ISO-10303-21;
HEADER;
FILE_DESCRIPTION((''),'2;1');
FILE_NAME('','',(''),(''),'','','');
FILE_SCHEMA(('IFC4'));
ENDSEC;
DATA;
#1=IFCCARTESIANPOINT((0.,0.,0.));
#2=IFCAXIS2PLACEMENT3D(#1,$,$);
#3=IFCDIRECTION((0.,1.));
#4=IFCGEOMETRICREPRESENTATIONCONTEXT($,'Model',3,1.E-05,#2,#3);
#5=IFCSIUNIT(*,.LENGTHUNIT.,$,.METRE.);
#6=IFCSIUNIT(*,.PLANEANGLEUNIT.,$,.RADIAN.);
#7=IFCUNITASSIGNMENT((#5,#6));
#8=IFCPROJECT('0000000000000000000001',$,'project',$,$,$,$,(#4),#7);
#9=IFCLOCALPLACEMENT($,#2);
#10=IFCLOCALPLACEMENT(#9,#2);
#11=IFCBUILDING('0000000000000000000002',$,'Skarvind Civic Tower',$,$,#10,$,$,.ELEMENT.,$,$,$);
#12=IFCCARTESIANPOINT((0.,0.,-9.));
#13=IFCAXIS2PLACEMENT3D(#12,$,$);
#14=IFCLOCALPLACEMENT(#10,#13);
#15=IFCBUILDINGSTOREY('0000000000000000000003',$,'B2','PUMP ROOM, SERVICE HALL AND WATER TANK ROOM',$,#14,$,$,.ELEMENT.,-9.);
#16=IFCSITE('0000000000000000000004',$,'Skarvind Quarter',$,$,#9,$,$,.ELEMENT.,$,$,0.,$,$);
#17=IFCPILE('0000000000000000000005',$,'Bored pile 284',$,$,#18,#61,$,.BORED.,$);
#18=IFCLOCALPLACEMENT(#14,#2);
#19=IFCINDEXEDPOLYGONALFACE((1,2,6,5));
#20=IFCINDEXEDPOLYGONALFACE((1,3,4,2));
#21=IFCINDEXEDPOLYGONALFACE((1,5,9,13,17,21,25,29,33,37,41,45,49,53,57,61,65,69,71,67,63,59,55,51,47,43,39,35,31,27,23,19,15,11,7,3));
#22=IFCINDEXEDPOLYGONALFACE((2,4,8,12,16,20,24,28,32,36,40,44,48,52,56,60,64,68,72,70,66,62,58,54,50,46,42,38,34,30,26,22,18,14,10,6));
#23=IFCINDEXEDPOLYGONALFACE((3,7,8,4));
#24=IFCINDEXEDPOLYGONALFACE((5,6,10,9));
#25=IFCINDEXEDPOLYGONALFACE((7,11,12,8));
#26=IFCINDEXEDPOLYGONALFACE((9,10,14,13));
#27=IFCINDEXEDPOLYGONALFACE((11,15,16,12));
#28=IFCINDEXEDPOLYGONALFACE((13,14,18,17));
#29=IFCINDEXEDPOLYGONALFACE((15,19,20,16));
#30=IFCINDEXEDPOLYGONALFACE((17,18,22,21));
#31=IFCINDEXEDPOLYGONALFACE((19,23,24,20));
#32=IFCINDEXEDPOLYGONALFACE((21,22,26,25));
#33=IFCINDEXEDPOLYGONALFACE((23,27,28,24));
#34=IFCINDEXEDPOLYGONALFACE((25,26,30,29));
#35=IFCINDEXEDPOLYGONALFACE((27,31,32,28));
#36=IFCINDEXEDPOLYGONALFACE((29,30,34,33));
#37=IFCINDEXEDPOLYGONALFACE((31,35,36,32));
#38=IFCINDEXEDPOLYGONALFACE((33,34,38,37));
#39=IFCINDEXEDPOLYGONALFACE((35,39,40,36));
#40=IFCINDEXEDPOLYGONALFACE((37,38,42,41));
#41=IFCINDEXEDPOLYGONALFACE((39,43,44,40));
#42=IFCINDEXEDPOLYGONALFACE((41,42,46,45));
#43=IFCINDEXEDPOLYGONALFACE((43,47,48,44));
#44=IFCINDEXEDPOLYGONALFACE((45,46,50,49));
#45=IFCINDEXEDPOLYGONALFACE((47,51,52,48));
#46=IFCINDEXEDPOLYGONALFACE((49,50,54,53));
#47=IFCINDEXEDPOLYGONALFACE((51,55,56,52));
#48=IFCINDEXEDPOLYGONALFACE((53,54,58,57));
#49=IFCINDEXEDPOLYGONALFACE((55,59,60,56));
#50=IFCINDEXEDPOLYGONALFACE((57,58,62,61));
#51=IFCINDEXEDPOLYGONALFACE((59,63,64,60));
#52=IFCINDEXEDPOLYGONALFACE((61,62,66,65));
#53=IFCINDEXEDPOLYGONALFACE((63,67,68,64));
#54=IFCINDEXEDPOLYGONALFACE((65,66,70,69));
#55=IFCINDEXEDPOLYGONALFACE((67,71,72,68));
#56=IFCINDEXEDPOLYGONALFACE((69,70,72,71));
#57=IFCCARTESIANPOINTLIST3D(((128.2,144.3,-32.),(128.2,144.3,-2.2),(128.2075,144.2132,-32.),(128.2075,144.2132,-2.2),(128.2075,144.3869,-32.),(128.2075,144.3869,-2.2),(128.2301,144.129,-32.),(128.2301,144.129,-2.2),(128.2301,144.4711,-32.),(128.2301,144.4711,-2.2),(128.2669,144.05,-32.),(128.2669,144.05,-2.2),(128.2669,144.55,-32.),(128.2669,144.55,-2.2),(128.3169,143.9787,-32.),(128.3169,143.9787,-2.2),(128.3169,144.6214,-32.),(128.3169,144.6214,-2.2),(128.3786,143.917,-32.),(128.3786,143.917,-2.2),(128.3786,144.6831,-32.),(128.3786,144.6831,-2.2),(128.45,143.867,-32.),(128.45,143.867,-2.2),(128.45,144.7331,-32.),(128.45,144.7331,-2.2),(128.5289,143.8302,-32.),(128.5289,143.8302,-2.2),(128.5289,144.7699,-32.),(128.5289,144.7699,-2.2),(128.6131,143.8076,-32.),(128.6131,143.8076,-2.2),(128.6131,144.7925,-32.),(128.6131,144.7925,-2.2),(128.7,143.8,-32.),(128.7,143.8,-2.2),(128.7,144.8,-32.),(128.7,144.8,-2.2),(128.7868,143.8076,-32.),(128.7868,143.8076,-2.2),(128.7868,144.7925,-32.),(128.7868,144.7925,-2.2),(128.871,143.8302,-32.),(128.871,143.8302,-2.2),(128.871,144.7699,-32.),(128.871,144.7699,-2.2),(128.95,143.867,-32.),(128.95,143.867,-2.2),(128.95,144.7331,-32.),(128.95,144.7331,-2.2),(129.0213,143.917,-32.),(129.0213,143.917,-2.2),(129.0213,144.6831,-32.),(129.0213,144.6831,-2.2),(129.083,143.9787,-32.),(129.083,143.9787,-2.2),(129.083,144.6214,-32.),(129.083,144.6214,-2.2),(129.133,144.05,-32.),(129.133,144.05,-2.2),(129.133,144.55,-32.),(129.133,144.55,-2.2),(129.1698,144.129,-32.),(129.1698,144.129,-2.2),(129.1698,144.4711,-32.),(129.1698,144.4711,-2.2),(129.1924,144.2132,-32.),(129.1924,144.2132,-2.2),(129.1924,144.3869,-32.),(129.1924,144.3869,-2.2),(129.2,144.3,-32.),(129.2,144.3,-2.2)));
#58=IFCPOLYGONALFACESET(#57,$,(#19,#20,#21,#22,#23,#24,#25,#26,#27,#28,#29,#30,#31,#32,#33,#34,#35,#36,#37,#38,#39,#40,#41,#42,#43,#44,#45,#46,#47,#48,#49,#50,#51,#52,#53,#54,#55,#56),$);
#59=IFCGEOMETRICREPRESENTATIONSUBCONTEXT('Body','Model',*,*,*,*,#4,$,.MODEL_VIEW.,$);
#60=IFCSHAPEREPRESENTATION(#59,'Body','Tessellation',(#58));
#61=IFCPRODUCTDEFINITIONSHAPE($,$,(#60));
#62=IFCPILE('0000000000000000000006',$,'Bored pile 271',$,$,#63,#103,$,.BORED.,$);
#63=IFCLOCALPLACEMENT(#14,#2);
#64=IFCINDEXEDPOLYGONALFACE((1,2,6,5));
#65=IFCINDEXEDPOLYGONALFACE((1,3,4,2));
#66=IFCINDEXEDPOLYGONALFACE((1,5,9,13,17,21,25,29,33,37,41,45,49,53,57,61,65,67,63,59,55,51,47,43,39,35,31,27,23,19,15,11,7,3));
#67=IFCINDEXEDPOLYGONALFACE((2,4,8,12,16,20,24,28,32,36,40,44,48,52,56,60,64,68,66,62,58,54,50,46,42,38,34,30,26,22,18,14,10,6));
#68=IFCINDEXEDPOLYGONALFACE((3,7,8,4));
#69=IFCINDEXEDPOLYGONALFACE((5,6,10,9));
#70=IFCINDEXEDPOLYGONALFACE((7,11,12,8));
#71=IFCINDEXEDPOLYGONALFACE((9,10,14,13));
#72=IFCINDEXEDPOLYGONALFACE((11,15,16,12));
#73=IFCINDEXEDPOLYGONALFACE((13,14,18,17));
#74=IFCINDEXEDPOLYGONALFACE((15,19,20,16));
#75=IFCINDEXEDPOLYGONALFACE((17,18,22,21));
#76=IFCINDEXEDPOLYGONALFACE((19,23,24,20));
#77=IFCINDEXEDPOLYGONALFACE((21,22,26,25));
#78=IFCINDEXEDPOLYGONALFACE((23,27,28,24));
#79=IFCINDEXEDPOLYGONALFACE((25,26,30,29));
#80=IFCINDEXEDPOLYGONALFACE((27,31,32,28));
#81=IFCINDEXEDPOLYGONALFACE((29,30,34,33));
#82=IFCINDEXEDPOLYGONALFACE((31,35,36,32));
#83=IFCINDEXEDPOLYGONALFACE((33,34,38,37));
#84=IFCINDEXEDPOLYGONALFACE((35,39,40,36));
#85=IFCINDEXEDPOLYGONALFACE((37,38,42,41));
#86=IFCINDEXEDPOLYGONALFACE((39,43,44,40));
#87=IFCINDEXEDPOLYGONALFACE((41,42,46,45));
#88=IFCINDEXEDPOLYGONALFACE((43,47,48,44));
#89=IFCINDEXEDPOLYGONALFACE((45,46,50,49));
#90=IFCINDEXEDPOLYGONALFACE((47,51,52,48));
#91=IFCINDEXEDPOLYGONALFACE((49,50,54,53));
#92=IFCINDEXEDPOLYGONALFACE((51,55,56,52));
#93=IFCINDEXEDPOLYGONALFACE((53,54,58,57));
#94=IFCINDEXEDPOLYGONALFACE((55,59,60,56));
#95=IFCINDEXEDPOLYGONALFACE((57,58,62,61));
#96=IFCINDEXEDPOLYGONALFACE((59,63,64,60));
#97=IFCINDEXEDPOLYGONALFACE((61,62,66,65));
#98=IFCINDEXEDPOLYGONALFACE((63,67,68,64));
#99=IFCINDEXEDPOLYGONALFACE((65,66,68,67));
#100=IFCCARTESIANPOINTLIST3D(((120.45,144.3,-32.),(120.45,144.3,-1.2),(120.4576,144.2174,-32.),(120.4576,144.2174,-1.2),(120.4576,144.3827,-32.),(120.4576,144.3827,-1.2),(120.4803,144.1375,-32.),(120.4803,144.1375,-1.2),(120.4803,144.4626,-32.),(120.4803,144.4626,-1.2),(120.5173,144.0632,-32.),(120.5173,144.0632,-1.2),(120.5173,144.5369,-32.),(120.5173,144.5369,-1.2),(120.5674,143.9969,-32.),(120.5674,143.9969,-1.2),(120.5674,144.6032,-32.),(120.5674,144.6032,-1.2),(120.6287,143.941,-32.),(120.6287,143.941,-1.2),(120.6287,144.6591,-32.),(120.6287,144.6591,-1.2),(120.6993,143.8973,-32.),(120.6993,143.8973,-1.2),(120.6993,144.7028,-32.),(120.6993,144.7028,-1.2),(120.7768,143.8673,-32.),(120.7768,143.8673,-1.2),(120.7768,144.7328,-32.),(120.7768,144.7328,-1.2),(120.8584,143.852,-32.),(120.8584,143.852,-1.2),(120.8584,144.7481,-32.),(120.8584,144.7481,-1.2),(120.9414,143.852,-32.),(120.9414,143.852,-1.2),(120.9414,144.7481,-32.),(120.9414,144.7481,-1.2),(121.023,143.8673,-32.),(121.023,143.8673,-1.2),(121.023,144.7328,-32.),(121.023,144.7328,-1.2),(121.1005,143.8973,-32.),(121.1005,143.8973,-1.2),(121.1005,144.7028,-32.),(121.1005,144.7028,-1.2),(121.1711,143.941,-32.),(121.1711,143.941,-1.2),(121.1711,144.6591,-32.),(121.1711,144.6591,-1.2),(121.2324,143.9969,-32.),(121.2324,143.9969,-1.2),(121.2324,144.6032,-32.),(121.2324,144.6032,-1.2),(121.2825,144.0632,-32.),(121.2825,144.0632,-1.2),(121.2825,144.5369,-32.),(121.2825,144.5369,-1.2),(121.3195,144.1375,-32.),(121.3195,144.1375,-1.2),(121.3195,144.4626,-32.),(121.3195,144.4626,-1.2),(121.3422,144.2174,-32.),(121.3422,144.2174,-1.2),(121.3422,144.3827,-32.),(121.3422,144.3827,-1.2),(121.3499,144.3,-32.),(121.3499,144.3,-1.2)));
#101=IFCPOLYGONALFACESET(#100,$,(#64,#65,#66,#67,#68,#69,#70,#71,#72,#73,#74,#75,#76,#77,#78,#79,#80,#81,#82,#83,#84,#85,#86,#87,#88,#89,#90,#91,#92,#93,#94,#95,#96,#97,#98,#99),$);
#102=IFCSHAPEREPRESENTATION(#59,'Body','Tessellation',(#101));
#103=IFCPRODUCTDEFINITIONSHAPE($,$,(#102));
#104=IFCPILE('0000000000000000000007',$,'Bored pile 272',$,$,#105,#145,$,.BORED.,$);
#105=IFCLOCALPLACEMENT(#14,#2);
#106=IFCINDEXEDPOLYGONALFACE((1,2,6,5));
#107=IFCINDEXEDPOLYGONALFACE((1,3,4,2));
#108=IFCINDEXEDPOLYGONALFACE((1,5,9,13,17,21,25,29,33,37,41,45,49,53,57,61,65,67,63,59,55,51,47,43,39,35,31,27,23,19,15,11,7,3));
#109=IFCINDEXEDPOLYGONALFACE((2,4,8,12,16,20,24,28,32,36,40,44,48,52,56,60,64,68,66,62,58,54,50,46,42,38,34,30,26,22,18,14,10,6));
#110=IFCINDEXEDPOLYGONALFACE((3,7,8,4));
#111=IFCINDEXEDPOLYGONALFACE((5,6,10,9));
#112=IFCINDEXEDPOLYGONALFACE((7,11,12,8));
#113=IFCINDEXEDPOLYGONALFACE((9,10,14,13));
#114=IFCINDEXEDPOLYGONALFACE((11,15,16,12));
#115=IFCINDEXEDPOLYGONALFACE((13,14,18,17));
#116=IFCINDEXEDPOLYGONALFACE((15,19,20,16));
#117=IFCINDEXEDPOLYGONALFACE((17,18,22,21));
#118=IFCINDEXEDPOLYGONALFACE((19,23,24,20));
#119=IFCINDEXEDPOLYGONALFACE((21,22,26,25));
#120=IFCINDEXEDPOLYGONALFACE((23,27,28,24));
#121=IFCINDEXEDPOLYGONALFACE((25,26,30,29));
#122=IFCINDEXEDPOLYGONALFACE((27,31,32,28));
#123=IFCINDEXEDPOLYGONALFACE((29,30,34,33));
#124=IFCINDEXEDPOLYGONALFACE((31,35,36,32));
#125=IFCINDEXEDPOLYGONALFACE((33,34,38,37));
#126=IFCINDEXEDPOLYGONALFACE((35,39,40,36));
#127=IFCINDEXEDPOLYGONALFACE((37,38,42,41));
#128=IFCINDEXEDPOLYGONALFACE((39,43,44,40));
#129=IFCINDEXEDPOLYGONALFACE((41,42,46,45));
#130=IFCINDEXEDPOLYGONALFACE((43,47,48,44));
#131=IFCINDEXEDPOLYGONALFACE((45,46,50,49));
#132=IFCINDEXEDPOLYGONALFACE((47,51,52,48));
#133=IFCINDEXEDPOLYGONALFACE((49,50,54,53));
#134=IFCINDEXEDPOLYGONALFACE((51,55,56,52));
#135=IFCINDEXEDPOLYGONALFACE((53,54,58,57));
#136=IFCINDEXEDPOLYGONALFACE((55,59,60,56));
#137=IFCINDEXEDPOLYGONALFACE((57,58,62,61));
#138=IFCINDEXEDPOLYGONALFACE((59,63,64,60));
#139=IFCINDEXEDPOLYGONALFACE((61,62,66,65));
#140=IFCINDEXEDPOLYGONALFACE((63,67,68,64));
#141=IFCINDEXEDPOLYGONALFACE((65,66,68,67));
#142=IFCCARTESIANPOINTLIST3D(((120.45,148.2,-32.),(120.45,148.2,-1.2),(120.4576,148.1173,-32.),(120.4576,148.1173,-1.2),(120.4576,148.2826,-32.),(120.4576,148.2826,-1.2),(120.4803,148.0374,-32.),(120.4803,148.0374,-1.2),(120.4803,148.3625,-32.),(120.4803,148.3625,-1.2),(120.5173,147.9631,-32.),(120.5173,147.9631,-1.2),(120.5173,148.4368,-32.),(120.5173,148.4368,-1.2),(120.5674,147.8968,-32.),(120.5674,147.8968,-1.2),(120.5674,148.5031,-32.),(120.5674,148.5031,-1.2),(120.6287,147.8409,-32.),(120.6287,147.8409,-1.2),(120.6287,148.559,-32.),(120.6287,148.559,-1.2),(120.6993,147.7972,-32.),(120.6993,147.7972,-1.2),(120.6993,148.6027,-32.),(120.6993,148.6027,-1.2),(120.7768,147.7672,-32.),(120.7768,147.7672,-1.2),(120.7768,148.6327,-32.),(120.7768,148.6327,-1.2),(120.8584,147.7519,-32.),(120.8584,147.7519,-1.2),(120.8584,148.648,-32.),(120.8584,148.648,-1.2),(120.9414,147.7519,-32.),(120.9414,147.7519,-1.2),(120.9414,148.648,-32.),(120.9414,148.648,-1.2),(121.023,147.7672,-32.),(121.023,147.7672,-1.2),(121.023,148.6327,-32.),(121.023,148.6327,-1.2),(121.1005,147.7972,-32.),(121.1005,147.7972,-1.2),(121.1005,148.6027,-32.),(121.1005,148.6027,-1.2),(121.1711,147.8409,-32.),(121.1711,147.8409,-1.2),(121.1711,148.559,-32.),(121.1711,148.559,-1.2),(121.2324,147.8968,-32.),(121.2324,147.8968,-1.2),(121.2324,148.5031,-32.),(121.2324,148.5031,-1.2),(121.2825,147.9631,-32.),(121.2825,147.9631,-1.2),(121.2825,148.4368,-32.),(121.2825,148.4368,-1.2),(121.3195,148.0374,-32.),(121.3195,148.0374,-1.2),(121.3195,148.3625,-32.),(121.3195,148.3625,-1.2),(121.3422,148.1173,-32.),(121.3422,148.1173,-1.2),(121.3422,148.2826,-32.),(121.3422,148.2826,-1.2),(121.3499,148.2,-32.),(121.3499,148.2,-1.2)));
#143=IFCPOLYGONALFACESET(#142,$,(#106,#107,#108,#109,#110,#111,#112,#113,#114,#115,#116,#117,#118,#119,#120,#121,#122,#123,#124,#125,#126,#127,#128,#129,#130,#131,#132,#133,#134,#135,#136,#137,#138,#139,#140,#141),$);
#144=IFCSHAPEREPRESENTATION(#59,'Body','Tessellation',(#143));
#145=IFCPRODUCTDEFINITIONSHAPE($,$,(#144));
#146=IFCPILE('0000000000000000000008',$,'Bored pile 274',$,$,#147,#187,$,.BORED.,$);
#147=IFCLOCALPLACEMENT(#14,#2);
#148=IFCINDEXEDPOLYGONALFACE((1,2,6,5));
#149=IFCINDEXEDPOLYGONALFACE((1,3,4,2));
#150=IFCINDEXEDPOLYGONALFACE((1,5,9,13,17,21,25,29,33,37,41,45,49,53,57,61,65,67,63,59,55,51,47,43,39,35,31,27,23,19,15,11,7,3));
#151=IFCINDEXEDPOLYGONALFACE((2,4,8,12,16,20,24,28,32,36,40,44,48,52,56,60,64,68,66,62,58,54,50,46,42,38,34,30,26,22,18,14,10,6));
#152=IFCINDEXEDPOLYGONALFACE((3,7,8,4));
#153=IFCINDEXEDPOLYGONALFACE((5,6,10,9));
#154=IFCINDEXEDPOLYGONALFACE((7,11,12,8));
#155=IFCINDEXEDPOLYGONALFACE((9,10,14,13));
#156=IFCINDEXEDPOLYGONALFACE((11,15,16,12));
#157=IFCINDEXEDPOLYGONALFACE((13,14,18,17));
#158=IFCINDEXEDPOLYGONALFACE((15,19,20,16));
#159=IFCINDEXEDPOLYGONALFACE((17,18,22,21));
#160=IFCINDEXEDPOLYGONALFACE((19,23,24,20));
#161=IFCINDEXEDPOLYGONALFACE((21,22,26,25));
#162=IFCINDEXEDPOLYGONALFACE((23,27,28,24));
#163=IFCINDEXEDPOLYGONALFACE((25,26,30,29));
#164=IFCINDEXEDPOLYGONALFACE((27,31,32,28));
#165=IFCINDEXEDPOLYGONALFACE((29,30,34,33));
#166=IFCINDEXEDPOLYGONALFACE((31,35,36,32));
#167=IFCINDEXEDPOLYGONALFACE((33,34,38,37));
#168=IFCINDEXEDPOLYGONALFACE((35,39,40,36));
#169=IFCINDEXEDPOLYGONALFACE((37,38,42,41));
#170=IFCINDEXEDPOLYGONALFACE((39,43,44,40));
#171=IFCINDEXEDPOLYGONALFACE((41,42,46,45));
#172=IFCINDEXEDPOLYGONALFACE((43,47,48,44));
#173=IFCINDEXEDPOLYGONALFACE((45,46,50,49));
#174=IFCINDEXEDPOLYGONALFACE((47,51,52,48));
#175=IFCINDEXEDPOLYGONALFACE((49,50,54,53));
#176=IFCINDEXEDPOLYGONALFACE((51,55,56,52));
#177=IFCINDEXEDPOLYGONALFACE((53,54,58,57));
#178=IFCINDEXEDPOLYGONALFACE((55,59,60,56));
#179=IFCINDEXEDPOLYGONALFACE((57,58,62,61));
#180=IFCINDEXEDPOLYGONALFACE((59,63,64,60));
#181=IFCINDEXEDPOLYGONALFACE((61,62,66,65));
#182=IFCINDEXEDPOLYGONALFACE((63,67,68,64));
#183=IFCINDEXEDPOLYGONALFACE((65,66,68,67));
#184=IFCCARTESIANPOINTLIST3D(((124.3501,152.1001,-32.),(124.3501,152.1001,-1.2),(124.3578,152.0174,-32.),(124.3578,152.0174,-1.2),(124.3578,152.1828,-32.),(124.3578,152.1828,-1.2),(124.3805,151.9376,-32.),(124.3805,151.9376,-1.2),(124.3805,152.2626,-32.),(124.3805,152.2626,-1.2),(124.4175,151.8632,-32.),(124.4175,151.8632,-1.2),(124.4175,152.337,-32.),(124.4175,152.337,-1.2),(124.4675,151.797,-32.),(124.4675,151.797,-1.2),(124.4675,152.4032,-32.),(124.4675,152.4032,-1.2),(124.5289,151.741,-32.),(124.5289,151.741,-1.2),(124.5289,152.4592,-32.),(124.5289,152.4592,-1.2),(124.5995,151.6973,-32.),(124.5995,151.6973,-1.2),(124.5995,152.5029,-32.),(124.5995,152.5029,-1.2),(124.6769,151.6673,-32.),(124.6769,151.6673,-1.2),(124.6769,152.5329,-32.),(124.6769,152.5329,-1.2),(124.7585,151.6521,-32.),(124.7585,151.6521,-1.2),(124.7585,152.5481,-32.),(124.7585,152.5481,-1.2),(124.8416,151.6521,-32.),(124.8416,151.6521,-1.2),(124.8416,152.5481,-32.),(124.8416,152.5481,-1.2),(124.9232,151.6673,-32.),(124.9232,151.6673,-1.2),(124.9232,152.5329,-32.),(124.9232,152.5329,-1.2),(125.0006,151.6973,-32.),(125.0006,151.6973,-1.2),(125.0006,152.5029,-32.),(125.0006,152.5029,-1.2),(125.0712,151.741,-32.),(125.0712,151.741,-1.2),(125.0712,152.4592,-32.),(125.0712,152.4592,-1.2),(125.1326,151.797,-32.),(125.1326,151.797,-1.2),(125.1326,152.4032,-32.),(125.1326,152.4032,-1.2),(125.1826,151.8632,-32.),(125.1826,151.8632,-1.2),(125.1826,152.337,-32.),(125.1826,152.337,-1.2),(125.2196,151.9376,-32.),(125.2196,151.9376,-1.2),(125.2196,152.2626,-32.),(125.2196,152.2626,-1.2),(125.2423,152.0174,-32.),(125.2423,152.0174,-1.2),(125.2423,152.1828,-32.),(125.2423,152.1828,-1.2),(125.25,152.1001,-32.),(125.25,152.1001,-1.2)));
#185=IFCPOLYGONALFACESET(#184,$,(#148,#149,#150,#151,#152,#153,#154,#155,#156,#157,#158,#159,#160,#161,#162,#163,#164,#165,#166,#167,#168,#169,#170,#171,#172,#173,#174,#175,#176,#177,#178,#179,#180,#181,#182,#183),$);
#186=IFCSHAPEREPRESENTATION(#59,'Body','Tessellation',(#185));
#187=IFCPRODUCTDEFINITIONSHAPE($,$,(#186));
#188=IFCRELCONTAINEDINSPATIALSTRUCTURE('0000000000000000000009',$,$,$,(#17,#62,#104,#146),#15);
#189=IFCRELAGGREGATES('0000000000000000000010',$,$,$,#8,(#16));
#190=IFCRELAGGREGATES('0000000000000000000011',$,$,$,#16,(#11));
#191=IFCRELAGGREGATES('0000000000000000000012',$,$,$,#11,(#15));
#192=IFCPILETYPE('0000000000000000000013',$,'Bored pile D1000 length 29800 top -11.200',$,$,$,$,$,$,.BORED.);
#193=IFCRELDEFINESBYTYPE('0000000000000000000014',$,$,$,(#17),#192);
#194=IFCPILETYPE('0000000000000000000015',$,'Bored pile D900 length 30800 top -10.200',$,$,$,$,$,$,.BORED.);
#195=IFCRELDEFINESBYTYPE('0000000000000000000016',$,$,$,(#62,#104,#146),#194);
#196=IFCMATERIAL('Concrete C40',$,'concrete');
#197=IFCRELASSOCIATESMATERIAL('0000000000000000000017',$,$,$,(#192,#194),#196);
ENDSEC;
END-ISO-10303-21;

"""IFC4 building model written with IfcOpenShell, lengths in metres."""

from ifc_helpers import new_model, si_unit, direction, frame, origin, origin_2d, place, context, subcontext, project, spatial, circle, extrude, material, type_object, element, save


model = new_model("IFC4")

# Units and contexts
model_context = context("Model", 3, precision=1e-05, world=origin(), true_north=direction((0.0, 1.0)))
body_context = subcontext(model_context, "Body", "Model", "MODEL_VIEW")
ifc_project = project(units=[si_unit("LENGTHUNIT", "METRE"), si_unit("PLANEANGLEUNIT", "RADIAN")], contexts=[model_context])

# Site, building, storey
site_placement = place(None, origin())
site = spatial("IfcSite", under=ifc_project, at=site_placement, Name="Skarvind Quarter", CompositionType="ELEMENT", RefElevation=0.0)
building_placement = place(site_placement, origin())
building = spatial("IfcBuilding", under=site, at=building_placement, Name="Skarvind Civic Tower", CompositionType="ELEMENT")
storey_placement = place(building_placement, frame((0.0, 0.0, -9.0)))
storey = spatial("IfcBuildingStorey", under=building, at=storey_placement, Name="B2", Description="PUMP ROOM, SERVICE HALL AND WATER TANK ROOM", CompositionType="ELEMENT", Elevation=-9.0)

# Piles
ifc_material_1 = material(Name="Concrete C40", Category="concrete")
pile_type_1 = type_object("IfcPileType", Name="Bored pile D1000 length 29800 top -11.200", PredefinedType="BORED", material=ifc_material_1)
pile_placement = place(storey_placement, frame((128.7, 144.3, -2.2), z_axis=(0.0, 0.0, -1.0), x_axis=(1.0, 0.0, 0.0)))
element("IfcPile", 1, at=pile_placement, inside=storey, type_object=pile_type_1, Name="Bored pile 284", PredefinedType="BORED", context=body_context, shape_type="SweptSolid", body=[
    extrude(circle(Radius=0.5, at=origin_2d()), origin(), (0.0, 0.0, 1.0), 29.8),
])
pile_type_2 = type_object("IfcPileType", Name="Bored pile D900 length 30800 top -10.200", PredefinedType="BORED", material=ifc_material_1)
for number, where, z_axis, x_axis, name in (
    (2, (120.8999, 144.3, -1.2), (0.0, 0.0, -1.0), (1.0, 0.0, 0.0), "Bored pile 271"),
    (3, (120.8999, 148.2, -1.2), (0.0, 0.0, -1.0), (1.0, 0.0, 0.0), "Bored pile 272"),
    (4, (124.8, 152.1001, -1.2), (0.0, 0.0, -1.0), (1.0, 0.0, 0.0), "Bored pile 274"),
):
    element("IfcPile", number, at=place(storey_placement, frame(where, z_axis=z_axis, x_axis=x_axis)), inside=storey, type_object=pile_type_2, Name=name, PredefinedType="BORED", context=body_context, shape_type="SweptSolid", body=[
        extrude(circle(Radius=0.45, at=origin_2d()), origin(), (0.0, 0.0, 1.0), 30.8),
    ])

save(model, "model.ifc")
